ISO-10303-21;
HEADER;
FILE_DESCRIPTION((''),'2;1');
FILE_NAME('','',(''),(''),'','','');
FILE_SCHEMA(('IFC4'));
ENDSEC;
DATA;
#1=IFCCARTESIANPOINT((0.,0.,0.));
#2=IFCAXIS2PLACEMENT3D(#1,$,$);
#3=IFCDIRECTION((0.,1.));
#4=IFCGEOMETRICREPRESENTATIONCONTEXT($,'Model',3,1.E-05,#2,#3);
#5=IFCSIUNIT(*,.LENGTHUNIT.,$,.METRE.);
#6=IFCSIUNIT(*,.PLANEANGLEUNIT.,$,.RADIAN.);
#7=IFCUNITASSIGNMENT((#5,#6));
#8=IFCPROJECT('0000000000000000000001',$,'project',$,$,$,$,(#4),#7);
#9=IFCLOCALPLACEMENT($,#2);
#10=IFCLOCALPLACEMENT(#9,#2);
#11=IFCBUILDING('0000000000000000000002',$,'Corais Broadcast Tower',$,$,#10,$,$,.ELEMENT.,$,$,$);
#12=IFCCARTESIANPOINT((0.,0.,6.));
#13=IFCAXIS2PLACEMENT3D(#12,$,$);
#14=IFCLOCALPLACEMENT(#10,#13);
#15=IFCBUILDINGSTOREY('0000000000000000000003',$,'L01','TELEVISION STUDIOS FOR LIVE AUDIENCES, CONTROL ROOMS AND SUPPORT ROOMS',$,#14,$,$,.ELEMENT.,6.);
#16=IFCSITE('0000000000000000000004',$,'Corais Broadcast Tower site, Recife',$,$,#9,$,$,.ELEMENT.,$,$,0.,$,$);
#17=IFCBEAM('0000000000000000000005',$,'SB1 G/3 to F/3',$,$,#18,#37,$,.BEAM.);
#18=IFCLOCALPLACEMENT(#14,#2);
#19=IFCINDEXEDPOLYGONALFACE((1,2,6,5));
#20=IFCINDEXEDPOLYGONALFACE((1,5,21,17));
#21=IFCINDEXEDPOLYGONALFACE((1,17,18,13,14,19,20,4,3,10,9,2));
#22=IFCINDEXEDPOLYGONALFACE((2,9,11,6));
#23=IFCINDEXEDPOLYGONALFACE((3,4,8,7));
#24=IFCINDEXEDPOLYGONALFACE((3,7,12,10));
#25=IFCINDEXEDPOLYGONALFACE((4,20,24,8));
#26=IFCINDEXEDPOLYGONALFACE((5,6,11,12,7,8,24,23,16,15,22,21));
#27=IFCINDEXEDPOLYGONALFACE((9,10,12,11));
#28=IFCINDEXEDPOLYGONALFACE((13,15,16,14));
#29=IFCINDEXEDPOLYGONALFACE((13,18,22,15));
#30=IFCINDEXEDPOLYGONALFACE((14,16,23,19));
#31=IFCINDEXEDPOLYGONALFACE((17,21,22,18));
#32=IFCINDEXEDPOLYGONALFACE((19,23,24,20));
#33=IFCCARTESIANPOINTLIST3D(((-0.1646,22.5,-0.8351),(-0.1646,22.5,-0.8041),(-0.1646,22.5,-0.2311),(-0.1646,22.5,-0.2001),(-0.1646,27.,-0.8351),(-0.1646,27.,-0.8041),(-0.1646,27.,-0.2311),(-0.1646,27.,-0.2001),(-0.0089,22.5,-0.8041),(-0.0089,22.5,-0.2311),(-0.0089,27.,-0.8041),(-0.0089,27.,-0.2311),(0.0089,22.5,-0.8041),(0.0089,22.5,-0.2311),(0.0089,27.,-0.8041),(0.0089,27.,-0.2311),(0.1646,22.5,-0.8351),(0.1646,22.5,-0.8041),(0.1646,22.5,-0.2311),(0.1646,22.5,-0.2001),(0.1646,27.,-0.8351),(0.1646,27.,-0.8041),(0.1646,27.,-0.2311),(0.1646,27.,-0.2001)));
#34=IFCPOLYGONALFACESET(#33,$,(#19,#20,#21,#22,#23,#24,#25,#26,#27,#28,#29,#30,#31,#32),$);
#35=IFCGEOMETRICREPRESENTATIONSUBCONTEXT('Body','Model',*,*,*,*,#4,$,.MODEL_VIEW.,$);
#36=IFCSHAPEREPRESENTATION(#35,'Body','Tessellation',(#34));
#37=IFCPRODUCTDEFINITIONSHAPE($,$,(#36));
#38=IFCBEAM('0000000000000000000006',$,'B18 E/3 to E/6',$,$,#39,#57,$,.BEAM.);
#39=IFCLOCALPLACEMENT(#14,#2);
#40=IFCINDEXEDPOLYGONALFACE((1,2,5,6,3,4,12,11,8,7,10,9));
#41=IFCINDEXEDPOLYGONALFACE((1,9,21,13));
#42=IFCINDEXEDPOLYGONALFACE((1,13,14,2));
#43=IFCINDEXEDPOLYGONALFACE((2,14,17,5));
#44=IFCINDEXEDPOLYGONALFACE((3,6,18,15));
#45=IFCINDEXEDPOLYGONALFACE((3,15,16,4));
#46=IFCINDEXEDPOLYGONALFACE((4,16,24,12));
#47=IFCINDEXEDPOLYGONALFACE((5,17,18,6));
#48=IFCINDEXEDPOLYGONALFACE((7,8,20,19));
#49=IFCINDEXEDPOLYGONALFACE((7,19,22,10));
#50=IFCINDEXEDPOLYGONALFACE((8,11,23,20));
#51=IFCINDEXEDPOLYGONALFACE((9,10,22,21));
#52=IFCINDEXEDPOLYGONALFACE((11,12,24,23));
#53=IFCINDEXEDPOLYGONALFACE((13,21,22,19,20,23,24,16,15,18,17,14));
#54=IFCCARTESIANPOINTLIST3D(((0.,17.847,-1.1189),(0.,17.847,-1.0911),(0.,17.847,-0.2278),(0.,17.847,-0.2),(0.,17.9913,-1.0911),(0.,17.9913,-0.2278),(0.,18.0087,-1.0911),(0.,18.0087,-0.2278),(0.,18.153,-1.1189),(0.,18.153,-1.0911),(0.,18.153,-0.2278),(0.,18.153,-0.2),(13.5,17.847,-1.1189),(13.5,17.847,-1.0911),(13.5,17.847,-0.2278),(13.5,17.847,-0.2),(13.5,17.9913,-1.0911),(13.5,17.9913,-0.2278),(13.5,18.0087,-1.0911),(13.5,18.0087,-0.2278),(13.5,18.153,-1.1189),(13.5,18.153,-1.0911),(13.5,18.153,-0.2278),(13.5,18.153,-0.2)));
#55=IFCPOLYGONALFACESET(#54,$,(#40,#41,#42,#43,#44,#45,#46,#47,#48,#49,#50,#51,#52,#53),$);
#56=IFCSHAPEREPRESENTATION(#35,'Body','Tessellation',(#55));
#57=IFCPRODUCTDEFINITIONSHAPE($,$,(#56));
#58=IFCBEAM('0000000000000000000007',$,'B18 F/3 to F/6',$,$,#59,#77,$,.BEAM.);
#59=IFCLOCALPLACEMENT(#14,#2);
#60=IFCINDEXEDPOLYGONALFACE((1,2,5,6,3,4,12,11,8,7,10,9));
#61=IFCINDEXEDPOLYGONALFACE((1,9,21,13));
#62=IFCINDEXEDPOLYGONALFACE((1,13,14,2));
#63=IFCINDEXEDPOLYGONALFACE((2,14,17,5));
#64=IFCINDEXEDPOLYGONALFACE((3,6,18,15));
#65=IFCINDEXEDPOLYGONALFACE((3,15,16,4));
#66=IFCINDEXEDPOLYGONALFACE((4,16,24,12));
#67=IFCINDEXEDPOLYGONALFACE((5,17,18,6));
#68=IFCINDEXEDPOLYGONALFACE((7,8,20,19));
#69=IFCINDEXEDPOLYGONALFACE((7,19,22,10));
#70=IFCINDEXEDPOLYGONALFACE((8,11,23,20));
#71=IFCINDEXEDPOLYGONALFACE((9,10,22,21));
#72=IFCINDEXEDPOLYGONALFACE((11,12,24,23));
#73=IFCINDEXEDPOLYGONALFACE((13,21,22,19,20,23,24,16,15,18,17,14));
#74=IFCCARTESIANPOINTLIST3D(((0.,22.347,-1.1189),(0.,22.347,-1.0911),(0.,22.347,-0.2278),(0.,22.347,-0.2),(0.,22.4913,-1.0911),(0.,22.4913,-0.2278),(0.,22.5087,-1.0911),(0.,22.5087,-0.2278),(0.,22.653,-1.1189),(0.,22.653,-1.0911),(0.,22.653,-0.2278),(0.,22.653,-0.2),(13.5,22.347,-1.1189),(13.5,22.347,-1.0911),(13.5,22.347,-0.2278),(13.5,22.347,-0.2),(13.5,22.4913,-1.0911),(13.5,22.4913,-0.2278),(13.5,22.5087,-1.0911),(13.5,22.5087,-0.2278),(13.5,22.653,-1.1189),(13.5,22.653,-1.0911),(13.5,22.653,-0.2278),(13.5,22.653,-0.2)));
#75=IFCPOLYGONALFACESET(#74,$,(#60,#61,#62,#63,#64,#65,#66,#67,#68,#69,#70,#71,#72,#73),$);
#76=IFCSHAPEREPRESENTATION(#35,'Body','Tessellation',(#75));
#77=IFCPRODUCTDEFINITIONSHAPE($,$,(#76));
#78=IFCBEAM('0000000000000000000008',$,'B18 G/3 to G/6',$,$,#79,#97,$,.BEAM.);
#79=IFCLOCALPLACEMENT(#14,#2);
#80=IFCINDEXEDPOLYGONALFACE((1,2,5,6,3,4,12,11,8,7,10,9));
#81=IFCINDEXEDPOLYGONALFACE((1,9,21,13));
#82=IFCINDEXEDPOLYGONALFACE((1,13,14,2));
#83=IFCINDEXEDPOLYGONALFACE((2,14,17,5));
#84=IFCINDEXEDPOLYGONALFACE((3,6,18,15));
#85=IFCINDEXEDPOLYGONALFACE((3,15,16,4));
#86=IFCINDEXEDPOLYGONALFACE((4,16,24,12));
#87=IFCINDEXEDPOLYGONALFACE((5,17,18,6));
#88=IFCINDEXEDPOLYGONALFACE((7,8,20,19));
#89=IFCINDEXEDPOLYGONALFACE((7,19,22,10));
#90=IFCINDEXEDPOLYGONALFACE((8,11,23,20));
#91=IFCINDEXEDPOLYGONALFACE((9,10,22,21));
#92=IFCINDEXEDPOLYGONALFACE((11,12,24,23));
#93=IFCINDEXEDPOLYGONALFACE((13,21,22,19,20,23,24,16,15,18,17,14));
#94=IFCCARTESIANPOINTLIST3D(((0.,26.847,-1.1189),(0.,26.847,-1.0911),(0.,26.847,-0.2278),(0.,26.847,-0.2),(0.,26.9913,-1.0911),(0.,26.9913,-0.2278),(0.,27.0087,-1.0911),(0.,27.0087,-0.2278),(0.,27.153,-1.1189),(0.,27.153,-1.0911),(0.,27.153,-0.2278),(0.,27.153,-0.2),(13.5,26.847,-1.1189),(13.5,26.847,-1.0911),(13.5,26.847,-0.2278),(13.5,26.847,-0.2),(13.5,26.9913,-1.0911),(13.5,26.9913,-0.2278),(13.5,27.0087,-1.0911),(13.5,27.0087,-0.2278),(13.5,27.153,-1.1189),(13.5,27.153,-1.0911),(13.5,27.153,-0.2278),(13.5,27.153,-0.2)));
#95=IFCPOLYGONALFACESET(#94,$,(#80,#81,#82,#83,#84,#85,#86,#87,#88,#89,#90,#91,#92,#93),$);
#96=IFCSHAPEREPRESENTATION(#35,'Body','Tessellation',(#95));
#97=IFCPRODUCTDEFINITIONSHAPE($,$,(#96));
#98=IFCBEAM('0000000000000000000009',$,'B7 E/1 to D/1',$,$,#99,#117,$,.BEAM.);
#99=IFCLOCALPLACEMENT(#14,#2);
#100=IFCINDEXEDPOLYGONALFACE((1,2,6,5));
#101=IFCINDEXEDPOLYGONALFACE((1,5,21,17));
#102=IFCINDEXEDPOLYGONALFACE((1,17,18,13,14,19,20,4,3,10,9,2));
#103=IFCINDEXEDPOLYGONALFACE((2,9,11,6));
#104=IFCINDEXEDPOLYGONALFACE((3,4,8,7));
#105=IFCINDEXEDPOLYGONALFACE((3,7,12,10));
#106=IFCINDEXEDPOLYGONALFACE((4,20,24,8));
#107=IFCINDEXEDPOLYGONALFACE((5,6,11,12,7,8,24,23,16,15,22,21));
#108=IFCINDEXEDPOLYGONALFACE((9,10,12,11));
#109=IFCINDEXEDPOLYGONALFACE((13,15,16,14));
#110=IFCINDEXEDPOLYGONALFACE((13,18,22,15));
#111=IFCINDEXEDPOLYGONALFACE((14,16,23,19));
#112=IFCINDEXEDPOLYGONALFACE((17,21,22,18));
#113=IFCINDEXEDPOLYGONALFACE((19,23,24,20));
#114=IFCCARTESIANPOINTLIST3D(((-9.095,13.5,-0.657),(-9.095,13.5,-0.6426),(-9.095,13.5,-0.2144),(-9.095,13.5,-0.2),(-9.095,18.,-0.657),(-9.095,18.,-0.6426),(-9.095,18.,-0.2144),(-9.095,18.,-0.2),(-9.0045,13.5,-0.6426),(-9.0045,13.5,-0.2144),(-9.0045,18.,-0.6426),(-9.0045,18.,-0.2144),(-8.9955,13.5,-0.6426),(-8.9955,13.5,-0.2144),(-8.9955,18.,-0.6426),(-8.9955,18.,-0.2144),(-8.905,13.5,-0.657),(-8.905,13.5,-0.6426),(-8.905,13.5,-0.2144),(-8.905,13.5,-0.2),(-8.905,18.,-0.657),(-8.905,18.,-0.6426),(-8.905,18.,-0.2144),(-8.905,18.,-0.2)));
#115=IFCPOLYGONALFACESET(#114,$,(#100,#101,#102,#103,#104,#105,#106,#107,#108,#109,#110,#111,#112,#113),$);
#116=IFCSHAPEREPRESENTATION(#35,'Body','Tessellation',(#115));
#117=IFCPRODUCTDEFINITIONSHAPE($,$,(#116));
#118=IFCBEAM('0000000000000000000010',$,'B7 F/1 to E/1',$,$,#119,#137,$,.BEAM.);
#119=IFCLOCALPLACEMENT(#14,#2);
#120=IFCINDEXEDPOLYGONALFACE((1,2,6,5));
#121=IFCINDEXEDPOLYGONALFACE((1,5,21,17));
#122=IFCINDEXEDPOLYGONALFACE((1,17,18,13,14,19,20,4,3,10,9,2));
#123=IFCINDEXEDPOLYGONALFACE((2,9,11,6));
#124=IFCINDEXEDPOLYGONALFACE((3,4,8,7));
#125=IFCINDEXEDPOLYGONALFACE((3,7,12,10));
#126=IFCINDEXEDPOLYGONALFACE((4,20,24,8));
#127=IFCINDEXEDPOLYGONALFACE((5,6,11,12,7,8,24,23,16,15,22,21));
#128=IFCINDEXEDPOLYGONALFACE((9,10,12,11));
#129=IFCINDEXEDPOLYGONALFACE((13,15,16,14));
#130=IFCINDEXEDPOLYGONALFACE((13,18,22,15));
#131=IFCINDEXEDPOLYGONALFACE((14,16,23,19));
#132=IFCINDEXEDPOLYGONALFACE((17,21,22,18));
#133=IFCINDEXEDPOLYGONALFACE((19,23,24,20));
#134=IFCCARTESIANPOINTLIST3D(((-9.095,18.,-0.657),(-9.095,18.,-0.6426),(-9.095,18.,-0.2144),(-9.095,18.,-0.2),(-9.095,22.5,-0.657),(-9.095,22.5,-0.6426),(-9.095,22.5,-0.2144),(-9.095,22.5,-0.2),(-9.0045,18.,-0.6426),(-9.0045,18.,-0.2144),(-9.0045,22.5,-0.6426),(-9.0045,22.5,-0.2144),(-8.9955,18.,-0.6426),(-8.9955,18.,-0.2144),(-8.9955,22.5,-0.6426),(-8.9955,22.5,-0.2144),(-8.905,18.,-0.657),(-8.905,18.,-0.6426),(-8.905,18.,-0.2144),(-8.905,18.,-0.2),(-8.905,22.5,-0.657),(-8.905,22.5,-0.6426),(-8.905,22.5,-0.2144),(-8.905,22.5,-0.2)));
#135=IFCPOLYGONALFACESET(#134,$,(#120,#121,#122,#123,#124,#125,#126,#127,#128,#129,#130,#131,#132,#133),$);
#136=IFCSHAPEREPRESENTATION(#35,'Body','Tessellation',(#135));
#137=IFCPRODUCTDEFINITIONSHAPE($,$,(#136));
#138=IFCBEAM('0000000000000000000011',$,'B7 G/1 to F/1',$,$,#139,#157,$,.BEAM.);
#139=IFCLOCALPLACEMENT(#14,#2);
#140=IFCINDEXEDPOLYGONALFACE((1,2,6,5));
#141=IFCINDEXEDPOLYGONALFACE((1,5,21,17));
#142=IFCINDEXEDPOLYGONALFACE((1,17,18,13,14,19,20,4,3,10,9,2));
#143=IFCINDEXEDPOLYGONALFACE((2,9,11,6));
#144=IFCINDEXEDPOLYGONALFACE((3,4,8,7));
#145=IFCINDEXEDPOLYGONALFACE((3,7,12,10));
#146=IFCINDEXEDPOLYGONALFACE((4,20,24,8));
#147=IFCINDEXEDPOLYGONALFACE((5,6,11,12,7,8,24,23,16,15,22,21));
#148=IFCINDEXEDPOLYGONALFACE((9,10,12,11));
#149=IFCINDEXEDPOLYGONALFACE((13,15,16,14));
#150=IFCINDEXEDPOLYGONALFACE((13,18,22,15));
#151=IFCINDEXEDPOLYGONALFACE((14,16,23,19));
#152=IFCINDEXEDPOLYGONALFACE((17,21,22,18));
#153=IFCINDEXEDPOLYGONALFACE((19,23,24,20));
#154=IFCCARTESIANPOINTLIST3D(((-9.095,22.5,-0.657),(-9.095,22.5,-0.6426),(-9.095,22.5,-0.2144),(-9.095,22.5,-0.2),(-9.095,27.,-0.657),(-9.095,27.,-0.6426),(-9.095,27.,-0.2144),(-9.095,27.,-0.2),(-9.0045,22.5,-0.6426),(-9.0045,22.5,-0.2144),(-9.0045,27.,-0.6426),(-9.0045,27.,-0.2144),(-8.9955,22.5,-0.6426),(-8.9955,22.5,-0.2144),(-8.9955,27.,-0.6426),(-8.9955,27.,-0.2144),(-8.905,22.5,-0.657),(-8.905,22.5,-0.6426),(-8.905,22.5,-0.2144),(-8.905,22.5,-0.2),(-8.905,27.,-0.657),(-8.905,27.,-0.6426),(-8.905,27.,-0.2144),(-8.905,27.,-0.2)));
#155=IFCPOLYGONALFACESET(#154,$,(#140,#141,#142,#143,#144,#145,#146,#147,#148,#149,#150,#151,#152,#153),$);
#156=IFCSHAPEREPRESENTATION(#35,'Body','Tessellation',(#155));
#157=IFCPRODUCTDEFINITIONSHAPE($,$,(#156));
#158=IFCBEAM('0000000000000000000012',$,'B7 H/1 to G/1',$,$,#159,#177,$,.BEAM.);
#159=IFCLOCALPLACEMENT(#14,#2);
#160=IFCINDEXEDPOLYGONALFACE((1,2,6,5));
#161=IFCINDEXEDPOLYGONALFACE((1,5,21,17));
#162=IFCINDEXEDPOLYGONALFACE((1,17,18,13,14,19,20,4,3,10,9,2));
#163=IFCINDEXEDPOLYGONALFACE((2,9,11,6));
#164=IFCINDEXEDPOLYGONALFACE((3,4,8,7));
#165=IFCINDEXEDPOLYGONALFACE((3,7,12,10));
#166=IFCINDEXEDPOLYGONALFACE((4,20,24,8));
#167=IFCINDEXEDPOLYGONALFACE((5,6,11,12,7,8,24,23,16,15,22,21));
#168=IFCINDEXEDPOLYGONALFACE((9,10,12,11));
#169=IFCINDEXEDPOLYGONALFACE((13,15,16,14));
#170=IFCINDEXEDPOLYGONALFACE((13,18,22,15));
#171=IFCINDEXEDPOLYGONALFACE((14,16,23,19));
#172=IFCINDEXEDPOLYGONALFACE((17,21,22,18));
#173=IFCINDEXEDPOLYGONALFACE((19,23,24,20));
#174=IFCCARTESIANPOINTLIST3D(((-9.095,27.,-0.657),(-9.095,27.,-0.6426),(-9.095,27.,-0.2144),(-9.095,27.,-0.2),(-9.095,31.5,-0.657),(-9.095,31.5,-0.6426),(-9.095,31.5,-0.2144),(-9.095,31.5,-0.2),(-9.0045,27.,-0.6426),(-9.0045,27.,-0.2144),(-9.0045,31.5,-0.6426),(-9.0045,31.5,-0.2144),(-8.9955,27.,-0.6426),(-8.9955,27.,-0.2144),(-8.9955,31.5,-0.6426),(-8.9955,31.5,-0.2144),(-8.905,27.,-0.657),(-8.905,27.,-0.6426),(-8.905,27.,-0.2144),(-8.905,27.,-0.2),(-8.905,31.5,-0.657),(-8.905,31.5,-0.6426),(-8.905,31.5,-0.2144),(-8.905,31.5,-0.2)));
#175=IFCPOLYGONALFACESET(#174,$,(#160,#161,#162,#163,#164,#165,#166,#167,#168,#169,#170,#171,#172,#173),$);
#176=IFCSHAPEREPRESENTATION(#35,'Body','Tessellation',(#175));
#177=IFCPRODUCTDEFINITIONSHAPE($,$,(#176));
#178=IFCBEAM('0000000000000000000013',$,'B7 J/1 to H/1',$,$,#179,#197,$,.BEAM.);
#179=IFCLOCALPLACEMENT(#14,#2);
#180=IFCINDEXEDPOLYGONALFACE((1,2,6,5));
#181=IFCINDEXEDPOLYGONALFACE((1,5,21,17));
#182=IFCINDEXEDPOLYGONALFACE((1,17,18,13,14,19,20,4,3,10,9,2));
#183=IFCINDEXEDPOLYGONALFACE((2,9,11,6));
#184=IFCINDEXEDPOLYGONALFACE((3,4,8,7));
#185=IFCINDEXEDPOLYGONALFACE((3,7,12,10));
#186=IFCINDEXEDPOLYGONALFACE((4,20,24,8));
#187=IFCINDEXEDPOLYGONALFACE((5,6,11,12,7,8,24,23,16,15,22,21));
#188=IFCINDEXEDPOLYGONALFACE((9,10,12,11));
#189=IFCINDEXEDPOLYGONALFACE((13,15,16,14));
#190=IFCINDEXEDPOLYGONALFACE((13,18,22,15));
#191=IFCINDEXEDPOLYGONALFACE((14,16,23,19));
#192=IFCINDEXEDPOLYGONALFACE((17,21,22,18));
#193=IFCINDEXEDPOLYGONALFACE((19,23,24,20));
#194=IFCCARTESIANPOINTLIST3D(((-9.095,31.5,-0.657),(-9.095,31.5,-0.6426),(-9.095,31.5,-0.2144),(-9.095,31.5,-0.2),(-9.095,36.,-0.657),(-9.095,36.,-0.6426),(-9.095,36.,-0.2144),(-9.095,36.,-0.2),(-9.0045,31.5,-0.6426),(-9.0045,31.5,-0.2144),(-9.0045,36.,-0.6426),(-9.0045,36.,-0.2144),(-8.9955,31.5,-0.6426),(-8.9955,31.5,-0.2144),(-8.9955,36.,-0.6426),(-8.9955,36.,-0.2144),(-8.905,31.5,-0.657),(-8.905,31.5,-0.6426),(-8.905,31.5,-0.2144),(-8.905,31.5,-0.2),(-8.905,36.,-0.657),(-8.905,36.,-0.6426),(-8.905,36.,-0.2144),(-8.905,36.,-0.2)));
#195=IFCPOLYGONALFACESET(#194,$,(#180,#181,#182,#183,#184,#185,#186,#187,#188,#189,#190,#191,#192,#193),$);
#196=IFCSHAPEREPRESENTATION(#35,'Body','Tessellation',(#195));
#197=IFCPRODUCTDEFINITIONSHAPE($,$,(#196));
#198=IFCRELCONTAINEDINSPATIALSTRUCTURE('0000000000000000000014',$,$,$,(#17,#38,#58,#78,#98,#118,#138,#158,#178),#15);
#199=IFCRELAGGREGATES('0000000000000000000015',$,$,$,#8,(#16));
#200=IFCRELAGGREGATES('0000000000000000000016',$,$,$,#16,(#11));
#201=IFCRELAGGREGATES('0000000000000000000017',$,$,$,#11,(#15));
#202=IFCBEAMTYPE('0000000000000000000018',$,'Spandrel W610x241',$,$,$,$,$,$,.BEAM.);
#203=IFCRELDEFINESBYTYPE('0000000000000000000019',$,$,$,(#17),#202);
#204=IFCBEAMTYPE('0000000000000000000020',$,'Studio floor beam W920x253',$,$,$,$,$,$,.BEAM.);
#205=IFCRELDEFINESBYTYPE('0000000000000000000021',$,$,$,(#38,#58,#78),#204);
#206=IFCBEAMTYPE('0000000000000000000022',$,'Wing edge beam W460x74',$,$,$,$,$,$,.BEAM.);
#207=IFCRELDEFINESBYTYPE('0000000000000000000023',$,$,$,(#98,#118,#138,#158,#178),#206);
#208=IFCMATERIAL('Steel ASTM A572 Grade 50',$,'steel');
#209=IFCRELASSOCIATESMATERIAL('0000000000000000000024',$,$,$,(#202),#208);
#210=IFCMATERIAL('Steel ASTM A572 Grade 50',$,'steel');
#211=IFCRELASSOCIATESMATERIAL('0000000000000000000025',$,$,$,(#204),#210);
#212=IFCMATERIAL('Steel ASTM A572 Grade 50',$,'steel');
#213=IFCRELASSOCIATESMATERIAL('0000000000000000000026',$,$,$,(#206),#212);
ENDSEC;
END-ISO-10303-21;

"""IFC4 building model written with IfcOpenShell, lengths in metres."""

from ifc_helpers import new_model, si_unit, direction, frame, origin, origin_2d, place, context, subcontext, project, spatial, i_section, extrude, material, material_profile, profile_set, type_object, element, save


model = new_model("IFC4")

# Units and contexts
model_context = context("Model", 3, precision=1e-05, world=origin(), true_north=direction((0.0, 1.0)))
body_context = subcontext(model_context, "Body", "Model", "MODEL_VIEW")
ifc_project = project(units=[si_unit("LENGTHUNIT", "METRE"), si_unit("PLANEANGLEUNIT", "RADIAN")], contexts=[model_context])

# Site, building, storey
site_placement = place(None, origin())
site = spatial("IfcSite", under=ifc_project, at=site_placement, Name="Corais Broadcast Tower site, Recife", CompositionType="ELEMENT", RefElevation=0.0)
building_placement = place(site_placement, origin())
building = spatial("IfcBuilding", under=site, at=building_placement, Name="Corais Broadcast Tower", CompositionType="ELEMENT")
storey_placement = place(building_placement, frame((0.0, 0.0, 6.0)))
storey = spatial("IfcBuildingStorey", under=building, at=storey_placement, Name="L01", Description="TELEVISION STUDIOS FOR LIVE AUDIENCES, CONTROL ROOMS AND SUPPORT ROOMS", CompositionType="ELEMENT", Elevation=6.0)

# Beams
ifc_material_1 = material(Name="Steel ASTM A572 Grade 50", Category="steel")
ifc_material_profile_1 = material_profile(ifc_material_1, i_section(OverallWidth=0.3291, OverallDepth=0.635, WebThickness=0.0178, FlangeThickness=0.031, at=origin_2d()), Name="W610x241")
ifc_profile_set_1 = profile_set([ifc_material_profile_1], Name="Steel ASTM A572 Grade 50")
beam_type_1 = type_object("IfcBeamType", Name="Spandrel W610x241", PredefinedType="BEAM", material=ifc_profile_set_1)
for number, where, z_axis, x_axis, name in (
    (1, (0.0, 27.0, -0.5176), (0.0, -1.0, 0.0), (1.0, 0.0, 0.0), "SB1 G/3 to F/3"),
):
    element("IfcBeam", number, at=place(storey_placement, frame(where, z_axis=z_axis, x_axis=x_axis)), inside=storey, type_object=beam_type_1, Name=name, PredefinedType="BEAM", context=body_context, shape_type="SweptSolid", body=[
        extrude(i_section(OverallWidth=0.3291, OverallDepth=0.635, WebThickness=0.0178, FlangeThickness=0.031, at=origin_2d()), origin(), (0.0, 0.0, 1.0), 4.5),
    ])
ifc_material_2 = material(Name="Steel ASTM A572 Grade 50", Category="steel")
ifc_material_profile_2 = material_profile(ifc_material_2, i_section(OverallWidth=0.3059, OverallDepth=0.9189, WebThickness=0.0173, FlangeThickness=0.0278, at=origin_2d()), Name="W920x253")
ifc_profile_set_2 = profile_set([ifc_material_profile_2], Name="Steel ASTM A572 Grade 50")
beam_type_2 = type_object("IfcBeamType", Name="Studio floor beam W920x253", PredefinedType="BEAM", material=ifc_profile_set_2)
for number, where, z_axis, x_axis, name in (
    (2, (0.0, 18.0, -0.6594), (1.0, 0.0, 0.0), (0.0, 1.0, 0.0), "B18 E/3 to E/6"),
    (3, (0.0, 22.5, -0.6594), (1.0, 0.0, 0.0), (0.0, 1.0, 0.0), "B18 F/3 to F/6"),
    (4, (0.0, 27.0, -0.6594), (1.0, 0.0, 0.0), (0.0, 1.0, 0.0), "B18 G/3 to G/6"),
):
    element("IfcBeam", number, at=place(storey_placement, frame(where, z_axis=z_axis, x_axis=x_axis)), inside=storey, type_object=beam_type_2, Name=name, PredefinedType="BEAM", context=body_context, shape_type="SweptSolid", body=[
        extrude(i_section(OverallWidth=0.3059, OverallDepth=0.9189, WebThickness=0.0173, FlangeThickness=0.0278, at=origin_2d()), origin(), (0.0, 0.0, 1.0), 13.5),
    ])
ifc_material_3 = material(Name="Steel ASTM A572 Grade 50", Category="steel")
ifc_material_profile_3 = material_profile(ifc_material_3, i_section(OverallWidth=0.1899, OverallDepth=0.457, WebThickness=0.009, FlangeThickness=0.0144, at=origin_2d()), Name="W460x74")
ifc_profile_set_3 = profile_set([ifc_material_profile_3], Name="Steel ASTM A572 Grade 50")
beam_type_3 = type_object("IfcBeamType", Name="Wing edge beam W460x74", PredefinedType="BEAM", material=ifc_profile_set_3)
for number, where, z_axis, x_axis, name in (
    (5, (-9.0, 18.0, -0.4285), (0.0, -1.0, 0.0), (1.0, 0.0, 0.0), "B7 E/1 to D/1"),
    (6, (-9.0, 22.5, -0.4285), (0.0, -1.0, 0.0), (1.0, 0.0, 0.0), "B7 F/1 to E/1"),
    (7, (-9.0, 27.0, -0.4285), (0.0, -1.0, 0.0), (1.0, 0.0, 0.0), "B7 G/1 to F/1"),
    (8, (-9.0, 31.5, -0.4285), (0.0, -1.0, 0.0), (1.0, 0.0, 0.0), "B7 H/1 to G/1"),
    (9, (-9.0, 36.0, -0.4285), (0.0, -1.0, 0.0), (1.0, 0.0, 0.0), "B7 J/1 to H/1"),
):
    element("IfcBeam", number, at=place(storey_placement, frame(where, z_axis=z_axis, x_axis=x_axis)), inside=storey, type_object=beam_type_3, Name=name, PredefinedType="BEAM", context=body_context, shape_type="SweptSolid", body=[
        extrude(i_section(OverallWidth=0.1899, OverallDepth=0.457, WebThickness=0.009, FlangeThickness=0.0144, at=origin_2d()), origin(), (0.0, 0.0, 1.0), 4.5),
    ])

save(model, "model.ifc")
